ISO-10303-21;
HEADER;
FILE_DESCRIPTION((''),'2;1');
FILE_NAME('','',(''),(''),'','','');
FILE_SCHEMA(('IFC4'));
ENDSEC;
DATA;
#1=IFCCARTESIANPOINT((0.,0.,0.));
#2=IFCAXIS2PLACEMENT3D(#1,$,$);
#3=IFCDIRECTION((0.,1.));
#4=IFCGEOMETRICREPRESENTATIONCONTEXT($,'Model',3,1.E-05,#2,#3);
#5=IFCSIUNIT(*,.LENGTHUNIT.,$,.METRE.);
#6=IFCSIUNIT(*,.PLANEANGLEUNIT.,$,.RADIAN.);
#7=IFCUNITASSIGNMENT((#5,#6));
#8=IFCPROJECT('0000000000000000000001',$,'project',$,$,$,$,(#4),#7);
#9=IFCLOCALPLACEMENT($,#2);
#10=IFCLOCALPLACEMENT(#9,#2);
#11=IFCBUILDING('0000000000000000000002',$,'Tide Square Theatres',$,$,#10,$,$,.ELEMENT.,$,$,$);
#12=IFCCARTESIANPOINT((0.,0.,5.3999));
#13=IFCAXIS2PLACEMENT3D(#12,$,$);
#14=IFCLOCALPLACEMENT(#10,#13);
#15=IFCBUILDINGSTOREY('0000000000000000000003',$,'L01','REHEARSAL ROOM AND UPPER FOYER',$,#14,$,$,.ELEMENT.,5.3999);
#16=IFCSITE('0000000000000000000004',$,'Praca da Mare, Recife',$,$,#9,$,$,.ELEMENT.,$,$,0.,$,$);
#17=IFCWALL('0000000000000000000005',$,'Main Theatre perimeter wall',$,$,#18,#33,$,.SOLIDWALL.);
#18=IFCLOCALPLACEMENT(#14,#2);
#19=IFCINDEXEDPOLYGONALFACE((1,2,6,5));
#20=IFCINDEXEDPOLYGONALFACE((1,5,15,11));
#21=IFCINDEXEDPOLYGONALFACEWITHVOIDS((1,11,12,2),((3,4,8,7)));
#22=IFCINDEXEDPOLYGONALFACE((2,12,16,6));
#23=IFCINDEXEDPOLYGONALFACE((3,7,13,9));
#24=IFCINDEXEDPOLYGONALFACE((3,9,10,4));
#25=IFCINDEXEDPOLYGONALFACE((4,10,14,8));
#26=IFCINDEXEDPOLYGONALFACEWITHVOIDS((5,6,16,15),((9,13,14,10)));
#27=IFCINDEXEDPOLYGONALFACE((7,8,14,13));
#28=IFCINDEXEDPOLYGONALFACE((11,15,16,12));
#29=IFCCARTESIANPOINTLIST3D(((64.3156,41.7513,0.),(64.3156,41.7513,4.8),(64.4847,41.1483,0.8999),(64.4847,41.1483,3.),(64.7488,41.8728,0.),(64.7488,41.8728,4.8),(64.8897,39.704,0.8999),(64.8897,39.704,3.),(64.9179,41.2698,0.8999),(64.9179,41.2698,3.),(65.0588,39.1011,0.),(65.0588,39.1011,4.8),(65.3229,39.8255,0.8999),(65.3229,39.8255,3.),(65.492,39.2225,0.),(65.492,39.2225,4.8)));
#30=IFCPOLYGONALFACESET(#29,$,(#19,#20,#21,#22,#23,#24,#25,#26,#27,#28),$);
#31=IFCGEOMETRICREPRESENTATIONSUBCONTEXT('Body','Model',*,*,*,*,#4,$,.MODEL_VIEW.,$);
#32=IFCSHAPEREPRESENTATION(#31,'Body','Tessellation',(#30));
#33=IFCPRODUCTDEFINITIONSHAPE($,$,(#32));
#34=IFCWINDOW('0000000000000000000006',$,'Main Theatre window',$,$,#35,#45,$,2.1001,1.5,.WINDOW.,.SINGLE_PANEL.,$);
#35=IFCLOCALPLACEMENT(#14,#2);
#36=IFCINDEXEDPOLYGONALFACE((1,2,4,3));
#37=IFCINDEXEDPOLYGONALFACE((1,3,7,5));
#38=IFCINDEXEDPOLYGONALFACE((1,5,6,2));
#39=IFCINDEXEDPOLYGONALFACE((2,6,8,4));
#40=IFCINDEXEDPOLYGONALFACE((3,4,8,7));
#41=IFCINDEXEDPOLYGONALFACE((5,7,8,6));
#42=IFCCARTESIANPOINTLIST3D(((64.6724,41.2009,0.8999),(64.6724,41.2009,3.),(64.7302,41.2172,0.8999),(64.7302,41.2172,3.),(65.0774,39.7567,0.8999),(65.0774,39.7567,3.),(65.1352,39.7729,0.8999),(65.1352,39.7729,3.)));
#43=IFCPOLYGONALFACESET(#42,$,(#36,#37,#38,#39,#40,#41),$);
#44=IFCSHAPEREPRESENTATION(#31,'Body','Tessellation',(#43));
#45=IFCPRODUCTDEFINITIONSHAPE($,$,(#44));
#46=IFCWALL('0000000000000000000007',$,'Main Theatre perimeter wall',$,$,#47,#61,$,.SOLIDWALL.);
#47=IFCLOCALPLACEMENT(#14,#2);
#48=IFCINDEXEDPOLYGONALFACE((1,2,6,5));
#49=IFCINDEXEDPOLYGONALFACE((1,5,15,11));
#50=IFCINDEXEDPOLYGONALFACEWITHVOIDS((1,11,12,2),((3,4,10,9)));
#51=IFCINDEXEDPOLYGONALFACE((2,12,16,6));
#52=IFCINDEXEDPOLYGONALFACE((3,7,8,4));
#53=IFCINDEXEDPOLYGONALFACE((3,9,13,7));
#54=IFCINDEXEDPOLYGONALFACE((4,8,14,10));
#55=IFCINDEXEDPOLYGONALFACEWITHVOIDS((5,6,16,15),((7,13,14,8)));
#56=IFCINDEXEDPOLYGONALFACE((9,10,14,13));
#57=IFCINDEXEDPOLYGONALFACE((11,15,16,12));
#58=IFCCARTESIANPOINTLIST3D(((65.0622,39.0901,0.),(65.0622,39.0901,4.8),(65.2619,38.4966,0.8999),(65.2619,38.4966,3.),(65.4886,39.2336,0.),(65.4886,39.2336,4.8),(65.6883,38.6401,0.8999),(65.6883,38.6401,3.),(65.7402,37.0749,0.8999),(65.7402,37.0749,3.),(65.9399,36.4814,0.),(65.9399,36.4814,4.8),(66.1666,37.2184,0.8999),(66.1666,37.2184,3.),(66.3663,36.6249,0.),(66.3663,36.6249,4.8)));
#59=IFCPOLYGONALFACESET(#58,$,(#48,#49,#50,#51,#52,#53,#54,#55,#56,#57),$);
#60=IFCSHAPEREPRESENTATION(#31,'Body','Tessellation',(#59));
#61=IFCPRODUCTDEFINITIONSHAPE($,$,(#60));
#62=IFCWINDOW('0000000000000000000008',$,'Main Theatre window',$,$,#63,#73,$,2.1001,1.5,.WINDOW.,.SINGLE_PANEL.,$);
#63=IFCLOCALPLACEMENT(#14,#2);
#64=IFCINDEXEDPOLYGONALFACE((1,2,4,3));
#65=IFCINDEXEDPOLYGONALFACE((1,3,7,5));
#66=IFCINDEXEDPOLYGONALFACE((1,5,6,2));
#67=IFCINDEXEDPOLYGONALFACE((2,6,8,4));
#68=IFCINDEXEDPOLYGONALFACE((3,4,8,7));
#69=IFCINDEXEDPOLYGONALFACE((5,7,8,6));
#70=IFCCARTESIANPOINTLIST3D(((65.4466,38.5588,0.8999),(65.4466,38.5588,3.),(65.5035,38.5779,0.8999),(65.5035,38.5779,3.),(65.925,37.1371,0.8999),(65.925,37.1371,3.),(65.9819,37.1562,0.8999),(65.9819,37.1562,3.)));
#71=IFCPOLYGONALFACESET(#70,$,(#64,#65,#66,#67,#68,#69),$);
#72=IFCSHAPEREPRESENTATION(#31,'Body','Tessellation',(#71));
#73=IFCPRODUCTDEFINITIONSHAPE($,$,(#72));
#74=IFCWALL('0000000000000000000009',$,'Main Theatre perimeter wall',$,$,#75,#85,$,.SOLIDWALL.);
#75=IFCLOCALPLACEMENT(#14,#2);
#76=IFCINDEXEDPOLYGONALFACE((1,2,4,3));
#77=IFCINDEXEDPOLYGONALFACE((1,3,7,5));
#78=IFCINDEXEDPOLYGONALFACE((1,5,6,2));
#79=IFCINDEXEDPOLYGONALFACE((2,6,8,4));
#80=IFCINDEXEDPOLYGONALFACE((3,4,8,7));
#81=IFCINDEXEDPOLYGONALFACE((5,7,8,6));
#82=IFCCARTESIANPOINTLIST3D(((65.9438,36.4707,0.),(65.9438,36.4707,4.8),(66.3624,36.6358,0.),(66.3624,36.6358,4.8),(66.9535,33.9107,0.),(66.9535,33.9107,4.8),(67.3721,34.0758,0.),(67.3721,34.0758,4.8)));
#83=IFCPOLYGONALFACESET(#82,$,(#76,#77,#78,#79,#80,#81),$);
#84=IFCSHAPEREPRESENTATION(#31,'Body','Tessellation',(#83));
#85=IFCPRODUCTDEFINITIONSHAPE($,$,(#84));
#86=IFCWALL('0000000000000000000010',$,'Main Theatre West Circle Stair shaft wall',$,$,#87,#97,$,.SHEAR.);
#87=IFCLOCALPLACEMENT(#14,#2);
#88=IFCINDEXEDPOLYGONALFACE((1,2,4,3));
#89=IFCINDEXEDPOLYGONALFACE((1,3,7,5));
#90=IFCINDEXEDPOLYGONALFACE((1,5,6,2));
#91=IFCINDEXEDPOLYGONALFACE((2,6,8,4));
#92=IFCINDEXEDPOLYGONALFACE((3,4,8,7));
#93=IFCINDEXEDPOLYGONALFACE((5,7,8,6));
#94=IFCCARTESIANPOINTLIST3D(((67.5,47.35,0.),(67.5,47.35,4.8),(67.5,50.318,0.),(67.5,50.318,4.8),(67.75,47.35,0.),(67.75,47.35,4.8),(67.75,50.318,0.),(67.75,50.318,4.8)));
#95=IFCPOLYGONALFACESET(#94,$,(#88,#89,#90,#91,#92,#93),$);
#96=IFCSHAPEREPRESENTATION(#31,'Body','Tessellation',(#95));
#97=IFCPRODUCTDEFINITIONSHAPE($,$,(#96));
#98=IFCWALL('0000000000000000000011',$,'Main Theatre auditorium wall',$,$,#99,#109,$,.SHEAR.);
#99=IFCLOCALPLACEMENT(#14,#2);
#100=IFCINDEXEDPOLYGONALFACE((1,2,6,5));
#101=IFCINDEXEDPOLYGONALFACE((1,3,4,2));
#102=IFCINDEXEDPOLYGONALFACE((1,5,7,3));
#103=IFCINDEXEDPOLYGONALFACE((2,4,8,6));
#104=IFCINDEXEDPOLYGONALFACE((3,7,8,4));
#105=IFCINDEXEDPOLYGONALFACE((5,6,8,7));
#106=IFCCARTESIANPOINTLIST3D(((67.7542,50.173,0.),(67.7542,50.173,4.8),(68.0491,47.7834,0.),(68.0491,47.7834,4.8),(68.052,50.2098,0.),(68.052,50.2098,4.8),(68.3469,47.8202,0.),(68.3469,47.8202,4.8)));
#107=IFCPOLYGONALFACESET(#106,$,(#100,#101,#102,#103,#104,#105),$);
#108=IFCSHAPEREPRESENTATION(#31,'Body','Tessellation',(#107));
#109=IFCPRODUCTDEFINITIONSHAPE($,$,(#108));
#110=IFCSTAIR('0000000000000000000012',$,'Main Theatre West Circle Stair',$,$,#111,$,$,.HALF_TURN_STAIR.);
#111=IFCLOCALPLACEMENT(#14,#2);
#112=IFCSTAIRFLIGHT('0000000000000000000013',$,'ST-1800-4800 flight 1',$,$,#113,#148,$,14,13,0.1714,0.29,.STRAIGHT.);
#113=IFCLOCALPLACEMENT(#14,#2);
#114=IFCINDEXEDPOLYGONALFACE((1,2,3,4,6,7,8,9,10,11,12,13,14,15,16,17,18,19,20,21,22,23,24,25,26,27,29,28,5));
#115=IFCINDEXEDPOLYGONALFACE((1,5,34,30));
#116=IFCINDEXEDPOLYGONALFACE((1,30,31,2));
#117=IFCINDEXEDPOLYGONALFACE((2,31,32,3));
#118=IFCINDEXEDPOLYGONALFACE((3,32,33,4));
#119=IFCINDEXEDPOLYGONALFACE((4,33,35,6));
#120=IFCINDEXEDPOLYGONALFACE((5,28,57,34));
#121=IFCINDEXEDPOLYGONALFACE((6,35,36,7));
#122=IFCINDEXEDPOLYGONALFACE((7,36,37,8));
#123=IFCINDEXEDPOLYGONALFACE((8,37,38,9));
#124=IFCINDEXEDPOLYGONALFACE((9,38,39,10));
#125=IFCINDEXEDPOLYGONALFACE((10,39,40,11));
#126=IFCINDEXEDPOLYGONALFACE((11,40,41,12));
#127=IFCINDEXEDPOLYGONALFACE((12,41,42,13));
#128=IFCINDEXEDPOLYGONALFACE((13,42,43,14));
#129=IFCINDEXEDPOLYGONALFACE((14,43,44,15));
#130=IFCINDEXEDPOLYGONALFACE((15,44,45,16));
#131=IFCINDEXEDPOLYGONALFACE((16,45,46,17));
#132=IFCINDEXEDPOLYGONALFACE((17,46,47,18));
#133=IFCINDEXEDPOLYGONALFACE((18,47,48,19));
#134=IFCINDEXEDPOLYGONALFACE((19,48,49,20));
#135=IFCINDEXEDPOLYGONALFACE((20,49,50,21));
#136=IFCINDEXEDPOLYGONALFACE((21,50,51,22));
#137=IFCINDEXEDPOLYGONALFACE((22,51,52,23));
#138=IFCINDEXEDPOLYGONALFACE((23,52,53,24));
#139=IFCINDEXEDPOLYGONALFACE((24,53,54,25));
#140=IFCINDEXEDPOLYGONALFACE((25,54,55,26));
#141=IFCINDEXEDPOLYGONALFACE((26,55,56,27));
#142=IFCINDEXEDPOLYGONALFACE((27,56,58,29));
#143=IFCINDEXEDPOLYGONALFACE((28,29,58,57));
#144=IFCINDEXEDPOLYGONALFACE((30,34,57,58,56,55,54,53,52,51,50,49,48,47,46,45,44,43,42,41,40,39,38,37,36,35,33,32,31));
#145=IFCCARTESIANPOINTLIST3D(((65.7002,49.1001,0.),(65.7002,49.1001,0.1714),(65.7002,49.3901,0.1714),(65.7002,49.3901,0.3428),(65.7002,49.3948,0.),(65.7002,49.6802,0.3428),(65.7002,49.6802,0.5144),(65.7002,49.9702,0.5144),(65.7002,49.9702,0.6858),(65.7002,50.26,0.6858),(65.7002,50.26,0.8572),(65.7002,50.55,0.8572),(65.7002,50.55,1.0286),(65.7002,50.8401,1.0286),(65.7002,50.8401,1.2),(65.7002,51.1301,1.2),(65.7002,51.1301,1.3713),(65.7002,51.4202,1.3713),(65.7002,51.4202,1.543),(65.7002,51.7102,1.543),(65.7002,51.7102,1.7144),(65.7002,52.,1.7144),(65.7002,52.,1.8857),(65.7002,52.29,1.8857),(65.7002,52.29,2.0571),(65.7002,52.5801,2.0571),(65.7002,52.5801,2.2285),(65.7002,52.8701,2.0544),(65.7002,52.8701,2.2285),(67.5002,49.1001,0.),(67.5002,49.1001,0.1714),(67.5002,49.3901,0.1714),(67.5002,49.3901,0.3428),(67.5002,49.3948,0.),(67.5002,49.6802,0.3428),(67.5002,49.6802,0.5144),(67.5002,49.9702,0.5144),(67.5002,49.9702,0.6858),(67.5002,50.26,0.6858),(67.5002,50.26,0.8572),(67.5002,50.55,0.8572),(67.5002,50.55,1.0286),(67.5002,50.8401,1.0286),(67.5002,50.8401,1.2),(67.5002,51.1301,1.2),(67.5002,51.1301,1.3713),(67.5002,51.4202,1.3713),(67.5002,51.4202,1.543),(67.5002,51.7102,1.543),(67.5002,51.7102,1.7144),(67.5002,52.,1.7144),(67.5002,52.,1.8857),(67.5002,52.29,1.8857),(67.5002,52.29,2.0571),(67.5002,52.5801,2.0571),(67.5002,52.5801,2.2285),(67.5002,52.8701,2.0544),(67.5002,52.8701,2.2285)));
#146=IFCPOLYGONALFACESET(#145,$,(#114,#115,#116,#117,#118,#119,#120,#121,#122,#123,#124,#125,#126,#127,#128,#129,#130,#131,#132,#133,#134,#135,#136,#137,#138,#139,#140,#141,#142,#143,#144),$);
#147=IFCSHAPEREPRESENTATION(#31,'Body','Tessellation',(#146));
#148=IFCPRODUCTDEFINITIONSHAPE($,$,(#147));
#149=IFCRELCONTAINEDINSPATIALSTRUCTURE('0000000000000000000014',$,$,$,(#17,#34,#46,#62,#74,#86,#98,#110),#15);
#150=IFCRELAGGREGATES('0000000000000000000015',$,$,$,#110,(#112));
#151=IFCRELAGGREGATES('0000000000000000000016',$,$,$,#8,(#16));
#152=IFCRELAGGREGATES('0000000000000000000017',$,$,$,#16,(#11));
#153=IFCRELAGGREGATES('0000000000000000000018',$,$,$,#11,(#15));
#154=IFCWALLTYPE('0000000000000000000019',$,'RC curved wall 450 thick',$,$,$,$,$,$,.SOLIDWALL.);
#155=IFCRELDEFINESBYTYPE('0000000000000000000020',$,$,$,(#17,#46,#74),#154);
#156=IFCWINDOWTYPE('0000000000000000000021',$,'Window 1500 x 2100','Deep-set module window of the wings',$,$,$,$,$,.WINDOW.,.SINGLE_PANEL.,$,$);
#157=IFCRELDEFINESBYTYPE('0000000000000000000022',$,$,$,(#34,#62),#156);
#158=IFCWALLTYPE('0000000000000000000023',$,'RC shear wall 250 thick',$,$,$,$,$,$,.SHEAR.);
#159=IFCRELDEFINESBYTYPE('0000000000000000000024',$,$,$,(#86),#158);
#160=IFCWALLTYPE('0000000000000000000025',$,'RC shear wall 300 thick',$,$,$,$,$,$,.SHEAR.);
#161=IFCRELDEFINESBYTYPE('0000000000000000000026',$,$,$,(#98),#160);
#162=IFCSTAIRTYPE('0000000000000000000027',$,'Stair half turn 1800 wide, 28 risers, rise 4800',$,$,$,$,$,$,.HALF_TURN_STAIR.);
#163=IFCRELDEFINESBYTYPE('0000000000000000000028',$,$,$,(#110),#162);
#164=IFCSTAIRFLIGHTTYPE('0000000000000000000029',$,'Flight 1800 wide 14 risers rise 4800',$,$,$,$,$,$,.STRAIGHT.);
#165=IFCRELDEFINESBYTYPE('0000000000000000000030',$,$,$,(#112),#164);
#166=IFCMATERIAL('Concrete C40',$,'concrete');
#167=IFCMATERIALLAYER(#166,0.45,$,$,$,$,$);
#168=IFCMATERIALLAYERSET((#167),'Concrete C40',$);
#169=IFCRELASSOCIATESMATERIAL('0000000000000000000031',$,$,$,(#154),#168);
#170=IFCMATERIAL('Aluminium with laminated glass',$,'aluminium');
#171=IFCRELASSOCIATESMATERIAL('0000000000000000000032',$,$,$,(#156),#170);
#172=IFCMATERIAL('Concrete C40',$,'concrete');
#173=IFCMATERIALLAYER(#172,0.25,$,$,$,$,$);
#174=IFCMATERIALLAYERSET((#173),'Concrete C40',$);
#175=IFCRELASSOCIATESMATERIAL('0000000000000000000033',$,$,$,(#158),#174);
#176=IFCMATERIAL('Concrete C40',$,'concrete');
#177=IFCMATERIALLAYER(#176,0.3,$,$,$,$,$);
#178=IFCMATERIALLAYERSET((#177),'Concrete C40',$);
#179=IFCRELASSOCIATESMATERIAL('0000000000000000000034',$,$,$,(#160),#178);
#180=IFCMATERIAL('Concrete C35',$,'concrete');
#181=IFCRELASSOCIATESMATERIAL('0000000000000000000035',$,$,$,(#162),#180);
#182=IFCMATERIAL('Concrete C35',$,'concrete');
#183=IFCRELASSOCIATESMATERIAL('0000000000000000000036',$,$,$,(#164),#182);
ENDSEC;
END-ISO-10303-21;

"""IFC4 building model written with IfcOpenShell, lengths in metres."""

from ifc_helpers import new_model, si_unit, direction, frame, frame_2d, origin, place, context, subcontext, project, spatial, polyline, rectangle, outline, extrude, material, layer, layer_set, type_object, element, fill, aggregate, save


model = new_model("IFC4")

# Units and contexts
model_context = context("Model", 3, precision=1e-05, world=origin(), true_north=direction((0.0, 1.0)))
body_context = subcontext(model_context, "Body", "Model", "MODEL_VIEW")
ifc_project = project(units=[si_unit("LENGTHUNIT", "METRE"), si_unit("PLANEANGLEUNIT", "RADIAN")], contexts=[model_context])

# Site, building, storey
site_placement = place(None, origin())
site = spatial("IfcSite", under=ifc_project, at=site_placement, Name="Praca da Mare, Recife", CompositionType="ELEMENT", RefElevation=0.0)
building_placement = place(site_placement, origin())
building = spatial("IfcBuilding", under=site, at=building_placement, Name="Tide Square Theatres", CompositionType="ELEMENT")
storey_placement = place(building_placement, frame((0.0, 0.0, 5.3999)))
storey = spatial("IfcBuildingStorey", under=building, at=storey_placement, Name="L01", Description="REHEARSAL ROOM AND UPPER FOYER", CompositionType="ELEMENT", Elevation=5.3999)

# Shared definitions
ifc_material_1 = material(Name="Concrete C40", Category="concrete")
ifc_layer_1 = layer(ifc_material_1, 0.45)
ifc_layer_set_1 = layer_set([ifc_layer_1], Name="Concrete C40")
wall_type_1 = type_object("IfcWallType", Name="RC curved wall 450 thick", PredefinedType="SOLIDWALL", material=ifc_layer_set_1)

# Walls, openings, windows
wall_1_placement = place(storey_placement, frame((64.5322, 41.812, 0.0), z_axis=(0.0, 0.0, 1.0), x_axis=(0.270008, -0.962858, 0.0)))
wall_1 = element("IfcWall", 1, at=wall_1_placement, inside=storey, type_object=wall_type_1, Name="Main Theatre perimeter wall", PredefinedType="SOLIDWALL", context=body_context, shape_type="SweptSolid", body=[
    extrude(rectangle(XDim=2.7524, YDim=0.45, at=frame_2d((1.3762, 0.0))), origin(), (0.0, 0.0, 1.0), 4.8),
])
opening_1_placement = place(wall_1_placement, frame((0.6262, 0.0, 0.8999)))
opening_1 = element("IfcOpeningElement", 2, at=opening_1_placement, cuts=wall_1, PredefinedType="OPENING", context=body_context, shape_type="SweptSolid", body=[
    extrude(rectangle(XDim=1.5, YDim=2.1001, at=frame_2d((0.75, 1.05))), frame((0.0, 0.2349, 0.0), z_axis=(0.0, -1.0, 0.0), x_axis=(1.0, 0.0, 0.0)), (0.0, 0.0, 1.0), 0.47),
])
ifc_material_2 = material(Name="Aluminium with laminated glass", Category="aluminium")
window_type = type_object("IfcWindowType", Name="Window 1500 x 2100", Description="Deep-set module window of the wings", PartitioningType="SINGLE_PANEL", PredefinedType="WINDOW", material=ifc_material_2)
window_1_placement = place(opening_1_placement, origin())
window_1 = element("IfcWindow", 3, at=window_1_placement, inside=storey, type_object=window_type, Name="Main Theatre window", OverallHeight=2.1001, OverallWidth=1.5, PartitioningType="SINGLE_PANEL", PredefinedType="WINDOW", context=body_context, shape_type="SweptSolid", body=[
    extrude(rectangle(XDim=1.5, YDim=2.1001, at=frame_2d((0.75, 1.05))), frame((0.0, 0.03, 0.0), z_axis=(0.0, -1.0, 0.0), x_axis=(1.0, 0.0, 0.0)), (0.0, 0.0, 1.0), 0.0601),
])
fill(opening_1, window_1)
wall_2_placement = place(storey_placement, frame((65.2754, 39.1619, 0.0), z_axis=(0.0, 0.0, 1.0), x_axis=(0.318888, -0.947793, 0.0)))
wall_2 = element("IfcWall", 4, at=wall_2_placement, inside=storey, type_object=wall_type_1, Name="Main Theatre perimeter wall", PredefinedType="SOLIDWALL", context=body_context, shape_type="SweptSolid", body=[
    extrude(rectangle(XDim=2.7524, YDim=0.45, at=frame_2d((1.3762, 0.0))), origin(), (0.0, 0.0, 1.0), 4.8),
])
opening_2_placement = place(wall_2_placement, frame((0.6262, 0.0, 0.8999)))
opening_2 = element("IfcOpeningElement", 5, at=opening_2_placement, cuts=wall_2, PredefinedType="OPENING", context=body_context, shape_type="SweptSolid", body=[
    extrude(rectangle(XDim=1.5, YDim=2.1001, at=frame_2d((0.75, 1.05))), frame((0.0, 0.2349, 0.0), z_axis=(0.0, -1.0, 0.0), x_axis=(1.0, 0.0, 0.0)), (0.0, 0.0, 1.0), 0.47),
])
window_2_placement = place(opening_2_placement, origin())
window_2 = element("IfcWindow", 6, at=window_2_placement, inside=storey, type_object=window_type, Name="Main Theatre window", OverallHeight=2.1001, OverallWidth=1.5, PartitioningType="SINGLE_PANEL", PredefinedType="WINDOW", context=body_context, shape_type="SweptSolid", body=[
    extrude(rectangle(XDim=1.5, YDim=2.1001, at=frame_2d((0.75, 1.05))), frame((0.0, 0.03, 0.0), z_axis=(0.0, -1.0, 0.0), x_axis=(1.0, 0.0, 0.0)), (0.0, 0.0, 1.0), 0.0601),
])
fill(opening_2, window_2)

# Walls
wall_3_placement = place(storey_placement, frame((66.1531, 36.5532, 0.0), z_axis=(0.0, 0.0, 1.0), x_axis=(0.36692, -0.930252, 0.0)))
element("IfcWall", 7, at=wall_3_placement, inside=storey, type_object=wall_type_1, Name="Main Theatre perimeter wall", PredefinedType="SOLIDWALL", context=body_context, shape_type="SweptSolid", body=[
    extrude(rectangle(XDim=2.752, YDim=0.45, at=frame_2d((1.376, 0.0))), origin(), (0.0, 0.0, 1.0), 4.8),
])
ifc_material_3 = material(Name="Concrete C40", Category="concrete")
ifc_layer_2 = layer(ifc_material_3, 0.25)
ifc_layer_set_2 = layer_set([ifc_layer_2], Name="Concrete C40")
wall_type_2 = type_object("IfcWallType", Name="RC shear wall 250 thick", PredefinedType="SHEAR", material=ifc_layer_set_2)
wall_4_placement = place(storey_placement, frame((67.625, 47.3501, 0.0), z_axis=(0.0, 0.0, 1.0), x_axis=(0.0, 1.0, 0.0)))
element("IfcWall", 8, at=wall_4_placement, inside=storey, type_object=wall_type_2, Name="Main Theatre West Circle Stair shaft wall", PredefinedType="SHEAR", context=body_context, shape_type="SweptSolid", body=[
    extrude(rectangle(XDim=2.968, YDim=0.25, at=frame_2d((1.4839, 0.0))), origin(), (0.0, 0.0, 1.0), 4.8),
])
ifc_material_4 = material(Name="Concrete C40", Category="concrete")
ifc_layer_3 = layer(ifc_material_4, 0.3)
ifc_layer_set_3 = layer_set([ifc_layer_3], Name="Concrete C40")
wall_type_3 = type_object("IfcWallType", Name="RC shear wall 300 thick", PredefinedType="SHEAR", material=ifc_layer_set_3)
wall_5_placement = place(storey_placement, frame((67.9031, 50.1914, 0.0), z_axis=(0.0, 0.0, 1.0), x_axis=(0.122487, -0.99247, 0.0)))
element("IfcWall", 9, at=wall_5_placement, inside=storey, type_object=wall_type_3, Name="Main Theatre auditorium wall", PredefinedType="SHEAR", context=body_context, shape_type="SweptSolid", body=[
    extrude(rectangle(XDim=2.4077, YDim=0.3, at=frame_2d((1.2039, 0.0))), origin(), (0.0, 0.0, 1.0), 4.8),
])

# Stair, stair flight
ifc_material_5 = material(Name="Concrete C35", Category="concrete")
stair_type = type_object("IfcStairType", Name="Stair half turn 1800 wide, 28 risers, rise 4800", PredefinedType="HALF_TURN_STAIR", material=ifc_material_5)
stair_placement = place(storey_placement, origin())
stair = element("IfcStair", 10, at=stair_placement, inside=storey, type_object=stair_type, Name="Main Theatre West Circle Stair", PredefinedType="HALF_TURN_STAIR")
ifc_material_6 = material(Name="Concrete C35", Category="concrete")
stair_flight_type = type_object("IfcStairFlightType", Name="Flight 1800 wide 14 risers rise 4800", PredefinedType="STRAIGHT", material=ifc_material_6)
stair_flight_placement = place(storey_placement, frame((66.6001, 49.1001, 0.0), z_axis=(0.0, 0.0, 1.0), x_axis=(0.0, 1.0, 0.0)))
stair_flight = element("IfcStairFlight", 11, at=stair_flight_placement, type_object=stair_flight_type, Name="ST-1800-4800 flight 1", NumberOfRisers=14, NumberOfTreads=13, PredefinedType="STRAIGHT", RiserHeight=0.1714, TreadLength=0.29, context=body_context, shape_type="SweptSolid", body=[
    extrude(outline(polyline([(0.0, 0.0), (0.0, 0.1714), (0.29, 0.1714), (0.29, 0.3428), (0.5801, 0.3428), (0.5801, 0.5144), (0.8701, 0.5144), (0.8701, 0.6858), (1.1599, 0.6858), (1.1599, 0.8572), (1.45, 0.8572), (1.45, 1.0286), (1.74, 1.0286), (1.74, 1.2), (2.03, 1.2), (2.03, 1.3713), (2.3201, 1.3713), (2.3201, 1.543), (2.6101, 1.543), (2.6101, 1.7144), (2.8999, 1.7144), (2.8999, 1.8857), (3.1899, 1.8857), (3.1899, 2.0571), (3.48, 2.0571), (3.48, 2.2285), (3.77, 2.2285), (3.77, 2.3999), (3.77, 2.0544), (0.2947, 0.0), (0.0, 0.0)])), frame((0.0, 0.8999, 0.0), z_axis=(0.0, -1.0, 0.0), x_axis=(1.0, 0.0, 0.0)), (0.0, 0.0, 1.0), 1.8),
])
aggregate(stair, [stair_flight])

save(model, "model.ifc")
